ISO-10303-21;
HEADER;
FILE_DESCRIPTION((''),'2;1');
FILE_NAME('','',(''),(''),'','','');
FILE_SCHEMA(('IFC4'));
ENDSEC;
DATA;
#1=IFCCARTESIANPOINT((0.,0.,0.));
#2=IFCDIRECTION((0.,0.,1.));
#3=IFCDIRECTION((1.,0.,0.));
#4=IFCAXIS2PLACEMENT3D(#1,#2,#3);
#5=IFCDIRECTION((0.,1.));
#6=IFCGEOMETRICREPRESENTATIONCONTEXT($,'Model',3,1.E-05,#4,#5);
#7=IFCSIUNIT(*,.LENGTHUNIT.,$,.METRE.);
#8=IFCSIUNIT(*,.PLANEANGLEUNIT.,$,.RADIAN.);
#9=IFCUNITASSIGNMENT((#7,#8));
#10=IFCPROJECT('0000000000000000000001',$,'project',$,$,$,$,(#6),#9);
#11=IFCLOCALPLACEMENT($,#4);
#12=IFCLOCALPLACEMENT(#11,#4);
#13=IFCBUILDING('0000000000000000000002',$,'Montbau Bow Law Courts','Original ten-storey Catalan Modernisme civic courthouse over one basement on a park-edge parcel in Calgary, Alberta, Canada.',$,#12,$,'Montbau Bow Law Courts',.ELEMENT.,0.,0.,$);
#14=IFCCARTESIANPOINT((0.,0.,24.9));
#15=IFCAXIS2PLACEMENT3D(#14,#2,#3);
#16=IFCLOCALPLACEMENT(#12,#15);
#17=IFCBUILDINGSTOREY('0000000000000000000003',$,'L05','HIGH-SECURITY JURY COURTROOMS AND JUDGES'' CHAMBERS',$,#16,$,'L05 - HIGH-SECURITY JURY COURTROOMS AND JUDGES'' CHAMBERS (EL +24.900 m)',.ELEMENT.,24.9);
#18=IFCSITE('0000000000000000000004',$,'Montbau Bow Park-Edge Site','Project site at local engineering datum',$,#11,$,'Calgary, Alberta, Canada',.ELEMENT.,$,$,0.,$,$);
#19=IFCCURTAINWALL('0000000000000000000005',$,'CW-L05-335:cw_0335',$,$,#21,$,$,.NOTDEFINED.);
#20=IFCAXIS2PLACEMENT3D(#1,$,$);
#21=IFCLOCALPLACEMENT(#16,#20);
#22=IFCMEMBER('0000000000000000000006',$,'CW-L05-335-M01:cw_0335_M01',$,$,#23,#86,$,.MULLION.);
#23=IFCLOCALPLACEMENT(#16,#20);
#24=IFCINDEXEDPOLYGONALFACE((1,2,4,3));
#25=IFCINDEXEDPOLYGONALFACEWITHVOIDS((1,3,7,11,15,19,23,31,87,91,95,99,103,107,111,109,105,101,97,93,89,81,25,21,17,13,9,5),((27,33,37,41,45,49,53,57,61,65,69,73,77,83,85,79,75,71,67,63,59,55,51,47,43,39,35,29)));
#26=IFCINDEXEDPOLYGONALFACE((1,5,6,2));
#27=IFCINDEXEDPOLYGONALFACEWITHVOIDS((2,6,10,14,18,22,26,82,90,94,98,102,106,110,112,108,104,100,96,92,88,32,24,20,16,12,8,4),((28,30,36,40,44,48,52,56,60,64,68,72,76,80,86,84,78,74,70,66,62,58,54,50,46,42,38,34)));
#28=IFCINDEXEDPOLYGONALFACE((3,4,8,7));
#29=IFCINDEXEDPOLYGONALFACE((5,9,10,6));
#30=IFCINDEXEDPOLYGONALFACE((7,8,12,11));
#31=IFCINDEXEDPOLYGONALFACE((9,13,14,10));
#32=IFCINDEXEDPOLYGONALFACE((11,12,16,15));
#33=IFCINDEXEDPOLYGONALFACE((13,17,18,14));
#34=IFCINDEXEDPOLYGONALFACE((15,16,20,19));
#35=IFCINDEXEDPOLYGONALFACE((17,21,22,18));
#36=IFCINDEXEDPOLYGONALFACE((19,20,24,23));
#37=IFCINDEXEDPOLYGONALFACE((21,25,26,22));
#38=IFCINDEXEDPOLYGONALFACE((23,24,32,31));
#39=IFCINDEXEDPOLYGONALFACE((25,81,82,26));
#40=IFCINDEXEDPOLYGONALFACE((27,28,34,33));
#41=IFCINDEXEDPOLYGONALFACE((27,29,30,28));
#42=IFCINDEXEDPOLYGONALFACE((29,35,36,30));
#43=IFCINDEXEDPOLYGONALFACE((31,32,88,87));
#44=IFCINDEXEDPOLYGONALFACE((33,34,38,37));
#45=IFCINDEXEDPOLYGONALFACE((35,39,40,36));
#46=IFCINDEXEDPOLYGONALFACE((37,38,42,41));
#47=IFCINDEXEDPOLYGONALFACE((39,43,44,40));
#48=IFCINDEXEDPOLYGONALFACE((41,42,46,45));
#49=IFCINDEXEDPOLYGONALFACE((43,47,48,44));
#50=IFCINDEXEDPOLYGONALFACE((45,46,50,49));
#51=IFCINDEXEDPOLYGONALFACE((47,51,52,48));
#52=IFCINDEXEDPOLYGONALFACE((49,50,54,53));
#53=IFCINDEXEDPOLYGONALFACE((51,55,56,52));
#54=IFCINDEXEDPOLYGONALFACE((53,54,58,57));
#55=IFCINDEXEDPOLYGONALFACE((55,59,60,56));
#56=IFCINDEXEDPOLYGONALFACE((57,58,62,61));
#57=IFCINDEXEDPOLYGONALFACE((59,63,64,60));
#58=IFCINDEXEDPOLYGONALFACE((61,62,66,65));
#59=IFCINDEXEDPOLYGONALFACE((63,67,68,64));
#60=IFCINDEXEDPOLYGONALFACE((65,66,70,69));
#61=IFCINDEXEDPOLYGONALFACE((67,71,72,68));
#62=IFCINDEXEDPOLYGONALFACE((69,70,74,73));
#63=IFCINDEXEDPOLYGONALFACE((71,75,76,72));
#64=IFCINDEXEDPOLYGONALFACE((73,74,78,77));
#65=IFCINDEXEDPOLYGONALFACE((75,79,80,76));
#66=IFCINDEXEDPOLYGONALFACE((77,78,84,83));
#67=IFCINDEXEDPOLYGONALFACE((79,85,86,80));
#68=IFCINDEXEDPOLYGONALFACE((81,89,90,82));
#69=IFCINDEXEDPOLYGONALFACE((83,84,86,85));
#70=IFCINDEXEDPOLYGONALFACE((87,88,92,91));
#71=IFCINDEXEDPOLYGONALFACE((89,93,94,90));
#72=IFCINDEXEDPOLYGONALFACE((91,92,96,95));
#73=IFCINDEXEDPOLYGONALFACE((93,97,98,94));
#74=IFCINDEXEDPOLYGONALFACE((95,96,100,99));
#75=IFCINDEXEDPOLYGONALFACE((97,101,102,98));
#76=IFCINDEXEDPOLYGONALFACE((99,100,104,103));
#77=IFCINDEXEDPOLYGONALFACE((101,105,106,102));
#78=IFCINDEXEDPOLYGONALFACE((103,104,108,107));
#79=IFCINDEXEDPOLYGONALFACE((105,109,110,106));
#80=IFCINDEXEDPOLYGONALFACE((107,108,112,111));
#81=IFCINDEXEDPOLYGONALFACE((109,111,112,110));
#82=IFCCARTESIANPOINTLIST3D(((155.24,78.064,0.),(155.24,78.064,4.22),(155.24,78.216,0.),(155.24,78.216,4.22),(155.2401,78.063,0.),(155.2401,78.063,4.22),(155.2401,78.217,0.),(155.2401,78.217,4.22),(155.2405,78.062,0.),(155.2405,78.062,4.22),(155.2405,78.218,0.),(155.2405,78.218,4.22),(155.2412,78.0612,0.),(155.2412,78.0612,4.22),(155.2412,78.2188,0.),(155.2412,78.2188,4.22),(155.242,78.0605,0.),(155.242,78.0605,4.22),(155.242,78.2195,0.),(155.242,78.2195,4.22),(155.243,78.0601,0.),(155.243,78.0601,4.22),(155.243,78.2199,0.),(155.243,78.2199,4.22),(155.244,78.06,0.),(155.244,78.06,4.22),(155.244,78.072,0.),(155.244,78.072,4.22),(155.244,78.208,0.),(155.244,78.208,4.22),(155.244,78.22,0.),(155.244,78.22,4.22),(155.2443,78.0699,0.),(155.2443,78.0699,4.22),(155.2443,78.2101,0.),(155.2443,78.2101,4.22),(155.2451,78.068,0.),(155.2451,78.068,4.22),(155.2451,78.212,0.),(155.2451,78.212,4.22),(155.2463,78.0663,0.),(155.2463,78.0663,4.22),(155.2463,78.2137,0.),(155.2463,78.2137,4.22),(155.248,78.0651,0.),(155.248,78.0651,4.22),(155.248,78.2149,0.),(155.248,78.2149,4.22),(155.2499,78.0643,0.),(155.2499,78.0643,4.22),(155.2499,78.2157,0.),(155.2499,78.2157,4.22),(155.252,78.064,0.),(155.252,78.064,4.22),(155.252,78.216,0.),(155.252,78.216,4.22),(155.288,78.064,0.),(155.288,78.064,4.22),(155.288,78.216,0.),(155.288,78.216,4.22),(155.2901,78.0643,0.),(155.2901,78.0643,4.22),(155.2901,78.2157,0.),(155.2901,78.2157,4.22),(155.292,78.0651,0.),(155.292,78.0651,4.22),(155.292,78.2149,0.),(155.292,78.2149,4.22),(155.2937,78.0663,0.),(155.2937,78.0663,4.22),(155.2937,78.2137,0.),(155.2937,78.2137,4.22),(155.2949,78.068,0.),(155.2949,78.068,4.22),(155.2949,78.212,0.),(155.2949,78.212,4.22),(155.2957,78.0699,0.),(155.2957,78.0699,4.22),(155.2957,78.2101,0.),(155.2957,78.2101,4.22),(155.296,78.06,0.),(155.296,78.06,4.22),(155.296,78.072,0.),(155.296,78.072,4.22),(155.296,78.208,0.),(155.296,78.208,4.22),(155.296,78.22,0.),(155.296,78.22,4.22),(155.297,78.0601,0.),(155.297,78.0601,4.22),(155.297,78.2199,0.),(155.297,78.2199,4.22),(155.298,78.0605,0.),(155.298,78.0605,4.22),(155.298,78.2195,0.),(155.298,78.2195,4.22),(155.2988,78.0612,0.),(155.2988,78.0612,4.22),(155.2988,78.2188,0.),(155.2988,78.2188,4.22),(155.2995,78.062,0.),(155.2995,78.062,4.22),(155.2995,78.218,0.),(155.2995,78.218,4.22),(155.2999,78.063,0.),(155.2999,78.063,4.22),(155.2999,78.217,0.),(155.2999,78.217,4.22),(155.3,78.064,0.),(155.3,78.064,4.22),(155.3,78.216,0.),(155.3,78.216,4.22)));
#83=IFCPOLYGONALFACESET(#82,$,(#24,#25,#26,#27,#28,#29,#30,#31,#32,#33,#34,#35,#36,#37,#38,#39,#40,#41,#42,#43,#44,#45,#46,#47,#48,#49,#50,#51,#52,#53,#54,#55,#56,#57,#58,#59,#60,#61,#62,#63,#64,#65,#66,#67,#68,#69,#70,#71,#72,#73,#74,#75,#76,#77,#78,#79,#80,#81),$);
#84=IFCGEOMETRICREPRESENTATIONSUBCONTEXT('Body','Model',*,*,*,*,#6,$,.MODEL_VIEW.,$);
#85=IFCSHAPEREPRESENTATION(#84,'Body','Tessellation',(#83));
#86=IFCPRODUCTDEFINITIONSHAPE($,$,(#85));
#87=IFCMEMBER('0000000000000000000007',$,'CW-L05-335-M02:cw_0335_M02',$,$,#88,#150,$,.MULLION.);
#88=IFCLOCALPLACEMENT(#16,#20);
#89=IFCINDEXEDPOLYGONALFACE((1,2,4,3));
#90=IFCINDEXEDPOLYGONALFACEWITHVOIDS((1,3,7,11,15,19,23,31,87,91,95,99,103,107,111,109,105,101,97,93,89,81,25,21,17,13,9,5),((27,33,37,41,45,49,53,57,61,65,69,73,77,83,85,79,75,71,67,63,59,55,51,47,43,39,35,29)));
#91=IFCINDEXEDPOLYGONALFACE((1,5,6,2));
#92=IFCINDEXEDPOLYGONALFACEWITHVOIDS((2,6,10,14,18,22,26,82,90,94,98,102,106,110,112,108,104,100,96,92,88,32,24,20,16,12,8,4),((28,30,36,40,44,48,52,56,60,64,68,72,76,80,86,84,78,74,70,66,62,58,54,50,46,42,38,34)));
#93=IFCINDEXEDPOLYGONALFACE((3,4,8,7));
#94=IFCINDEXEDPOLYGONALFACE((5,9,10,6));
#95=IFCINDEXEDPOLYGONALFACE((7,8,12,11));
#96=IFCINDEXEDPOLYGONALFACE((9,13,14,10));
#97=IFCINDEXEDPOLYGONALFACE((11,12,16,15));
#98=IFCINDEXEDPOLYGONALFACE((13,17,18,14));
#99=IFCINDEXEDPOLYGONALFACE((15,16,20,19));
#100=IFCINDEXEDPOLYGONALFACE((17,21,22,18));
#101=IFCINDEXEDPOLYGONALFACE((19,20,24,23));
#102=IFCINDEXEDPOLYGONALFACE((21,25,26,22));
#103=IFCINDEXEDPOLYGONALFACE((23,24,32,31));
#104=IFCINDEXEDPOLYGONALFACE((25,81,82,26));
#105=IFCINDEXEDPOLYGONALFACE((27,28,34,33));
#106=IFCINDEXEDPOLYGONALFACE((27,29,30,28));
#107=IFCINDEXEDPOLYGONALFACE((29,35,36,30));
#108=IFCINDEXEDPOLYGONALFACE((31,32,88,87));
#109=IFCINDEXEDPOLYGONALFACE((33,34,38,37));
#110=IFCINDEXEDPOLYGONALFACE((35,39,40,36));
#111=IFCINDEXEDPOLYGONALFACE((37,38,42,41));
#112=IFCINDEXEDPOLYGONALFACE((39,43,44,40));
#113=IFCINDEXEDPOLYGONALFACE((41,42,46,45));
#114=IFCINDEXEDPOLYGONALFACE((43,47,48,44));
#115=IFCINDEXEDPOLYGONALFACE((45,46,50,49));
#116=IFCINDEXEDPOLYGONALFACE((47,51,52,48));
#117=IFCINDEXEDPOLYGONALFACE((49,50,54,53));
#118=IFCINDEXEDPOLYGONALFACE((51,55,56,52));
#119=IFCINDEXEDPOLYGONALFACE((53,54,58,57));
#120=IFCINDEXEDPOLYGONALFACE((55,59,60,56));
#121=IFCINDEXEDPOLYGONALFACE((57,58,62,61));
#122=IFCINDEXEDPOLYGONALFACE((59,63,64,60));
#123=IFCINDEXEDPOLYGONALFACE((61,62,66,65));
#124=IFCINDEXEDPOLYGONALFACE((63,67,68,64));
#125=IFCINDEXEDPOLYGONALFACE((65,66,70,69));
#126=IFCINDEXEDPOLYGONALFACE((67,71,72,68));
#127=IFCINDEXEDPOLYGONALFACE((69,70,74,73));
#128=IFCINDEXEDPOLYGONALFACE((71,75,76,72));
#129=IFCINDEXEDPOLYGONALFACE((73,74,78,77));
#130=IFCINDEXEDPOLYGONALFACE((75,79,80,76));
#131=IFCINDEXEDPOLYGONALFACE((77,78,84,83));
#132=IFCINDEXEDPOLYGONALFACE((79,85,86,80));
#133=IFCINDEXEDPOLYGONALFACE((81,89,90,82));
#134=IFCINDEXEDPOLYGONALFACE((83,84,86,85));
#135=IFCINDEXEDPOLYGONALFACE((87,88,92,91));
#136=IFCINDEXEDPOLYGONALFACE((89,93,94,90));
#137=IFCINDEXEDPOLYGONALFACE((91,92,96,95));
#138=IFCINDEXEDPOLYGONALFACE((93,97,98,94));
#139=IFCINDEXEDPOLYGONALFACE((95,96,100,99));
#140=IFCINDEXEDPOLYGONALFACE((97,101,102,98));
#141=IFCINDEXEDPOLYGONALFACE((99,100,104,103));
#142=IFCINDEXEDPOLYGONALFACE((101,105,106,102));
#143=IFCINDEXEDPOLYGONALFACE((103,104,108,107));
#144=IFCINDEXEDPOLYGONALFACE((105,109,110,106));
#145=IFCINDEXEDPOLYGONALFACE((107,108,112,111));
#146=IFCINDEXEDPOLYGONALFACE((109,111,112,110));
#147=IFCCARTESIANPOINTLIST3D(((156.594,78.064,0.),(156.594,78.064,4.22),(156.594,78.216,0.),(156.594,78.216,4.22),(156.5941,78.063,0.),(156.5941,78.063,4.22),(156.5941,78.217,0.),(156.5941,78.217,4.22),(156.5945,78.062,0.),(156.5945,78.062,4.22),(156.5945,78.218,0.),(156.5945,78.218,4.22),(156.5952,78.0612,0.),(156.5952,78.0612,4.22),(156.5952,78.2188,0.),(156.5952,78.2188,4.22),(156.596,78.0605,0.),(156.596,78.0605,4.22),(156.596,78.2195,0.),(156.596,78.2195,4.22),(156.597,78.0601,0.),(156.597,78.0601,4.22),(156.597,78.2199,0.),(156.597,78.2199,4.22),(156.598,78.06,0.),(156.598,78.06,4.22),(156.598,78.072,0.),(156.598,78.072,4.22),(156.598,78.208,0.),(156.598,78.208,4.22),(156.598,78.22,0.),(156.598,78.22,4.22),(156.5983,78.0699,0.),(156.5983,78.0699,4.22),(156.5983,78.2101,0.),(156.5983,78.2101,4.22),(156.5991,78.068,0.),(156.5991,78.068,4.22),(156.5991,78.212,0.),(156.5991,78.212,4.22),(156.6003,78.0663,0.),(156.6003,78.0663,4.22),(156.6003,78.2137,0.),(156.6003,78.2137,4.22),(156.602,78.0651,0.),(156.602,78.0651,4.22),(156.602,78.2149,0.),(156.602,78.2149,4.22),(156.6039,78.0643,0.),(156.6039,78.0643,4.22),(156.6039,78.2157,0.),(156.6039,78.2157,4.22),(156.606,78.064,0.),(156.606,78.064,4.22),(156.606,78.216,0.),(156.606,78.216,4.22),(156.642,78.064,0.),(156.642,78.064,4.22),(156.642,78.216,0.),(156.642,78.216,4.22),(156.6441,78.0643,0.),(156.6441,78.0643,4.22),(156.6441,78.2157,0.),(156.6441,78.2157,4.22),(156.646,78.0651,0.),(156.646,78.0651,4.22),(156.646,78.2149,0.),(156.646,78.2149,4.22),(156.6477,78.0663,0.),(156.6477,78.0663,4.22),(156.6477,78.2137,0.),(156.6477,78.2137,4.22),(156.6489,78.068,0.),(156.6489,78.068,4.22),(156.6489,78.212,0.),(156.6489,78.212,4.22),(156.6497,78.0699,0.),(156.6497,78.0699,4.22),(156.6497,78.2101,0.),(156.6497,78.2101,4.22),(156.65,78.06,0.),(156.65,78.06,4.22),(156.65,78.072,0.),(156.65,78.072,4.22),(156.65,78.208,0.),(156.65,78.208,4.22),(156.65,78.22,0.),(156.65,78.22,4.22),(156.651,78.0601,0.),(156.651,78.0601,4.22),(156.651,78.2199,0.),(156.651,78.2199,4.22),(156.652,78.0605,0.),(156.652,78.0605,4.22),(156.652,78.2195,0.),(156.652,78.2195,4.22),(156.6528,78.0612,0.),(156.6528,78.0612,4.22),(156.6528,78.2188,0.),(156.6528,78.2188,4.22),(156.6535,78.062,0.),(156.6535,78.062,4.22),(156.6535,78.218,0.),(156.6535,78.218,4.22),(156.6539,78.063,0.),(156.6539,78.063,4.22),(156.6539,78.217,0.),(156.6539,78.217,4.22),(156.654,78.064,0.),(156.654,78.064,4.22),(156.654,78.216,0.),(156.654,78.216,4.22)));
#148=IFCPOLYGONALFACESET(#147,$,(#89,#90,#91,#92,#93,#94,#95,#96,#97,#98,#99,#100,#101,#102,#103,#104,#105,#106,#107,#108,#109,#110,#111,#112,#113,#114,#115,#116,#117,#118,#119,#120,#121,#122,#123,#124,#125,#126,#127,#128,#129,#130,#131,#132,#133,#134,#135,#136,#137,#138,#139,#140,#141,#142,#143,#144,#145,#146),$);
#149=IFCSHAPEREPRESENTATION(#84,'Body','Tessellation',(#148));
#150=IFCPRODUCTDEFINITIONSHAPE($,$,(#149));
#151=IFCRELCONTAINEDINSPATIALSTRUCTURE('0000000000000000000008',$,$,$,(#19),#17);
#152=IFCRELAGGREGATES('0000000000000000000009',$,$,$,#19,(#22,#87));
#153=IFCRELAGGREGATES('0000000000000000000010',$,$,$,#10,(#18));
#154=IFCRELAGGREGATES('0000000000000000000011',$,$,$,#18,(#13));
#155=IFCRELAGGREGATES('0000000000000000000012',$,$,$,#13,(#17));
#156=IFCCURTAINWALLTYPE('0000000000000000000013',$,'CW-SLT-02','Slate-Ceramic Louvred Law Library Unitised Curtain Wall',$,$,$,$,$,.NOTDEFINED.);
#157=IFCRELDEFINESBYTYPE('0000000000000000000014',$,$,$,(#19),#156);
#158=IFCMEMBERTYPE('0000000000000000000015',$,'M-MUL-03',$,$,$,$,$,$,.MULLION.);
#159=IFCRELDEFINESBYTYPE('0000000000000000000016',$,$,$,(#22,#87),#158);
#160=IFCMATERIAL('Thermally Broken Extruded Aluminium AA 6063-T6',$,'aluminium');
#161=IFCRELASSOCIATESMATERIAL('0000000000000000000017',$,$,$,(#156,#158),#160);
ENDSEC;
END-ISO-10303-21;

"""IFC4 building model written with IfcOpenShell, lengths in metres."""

from ifc_helpers import new_model, si_unit, direction, frame, origin_with_axes, origin_2d_with_axis, place, context, subcontext, project, spatial, hollow_rectangle, extrude, material, material_profile, profile_set, type_object, element, aggregate, save


model = new_model("IFC4")

# Units and contexts
model_context = context("Model", 3, precision=1e-05, world=origin_with_axes(), true_north=direction((0.0, 1.0)))
body_context = subcontext(model_context, "Body", "Model", "MODEL_VIEW")
ifc_project = project(units=[si_unit("LENGTHUNIT", "METRE"), si_unit("PLANEANGLEUNIT", "RADIAN")], contexts=[model_context])

# Site, building, storey
site_placement = place(None, origin_with_axes())
site = spatial("IfcSite", under=ifc_project, at=site_placement, Name="Montbau Bow Park-Edge Site", Description="Project site at local engineering datum", LongName="Calgary, Alberta, Canada", CompositionType="ELEMENT", RefElevation=0.0)
building_placement = place(site_placement, origin_with_axes())
building = spatial("IfcBuilding", under=site, at=building_placement, Name="Montbau Bow Law Courts", Description="Original ten-storey Catalan Modernisme civic courthouse over one basement on a park-edge parcel in Calgary, Alberta, Canada.", LongName="Montbau Bow Law Courts", CompositionType="ELEMENT", ElevationOfRefHeight=0.0, ElevationOfTerrain=0.0)
storey_placement = place(building_placement, frame((0.0, 0.0, 24.9), z_axis=(0.0, 0.0, 1.0), x_axis=(1.0, 0.0, 0.0)))
storey = spatial("IfcBuildingStorey", under=building, at=storey_placement, Name="L05", Description="HIGH-SECURITY JURY COURTROOMS AND JUDGES' CHAMBERS", LongName="L05 - HIGH-SECURITY JURY COURTROOMS AND JUDGES' CHAMBERS (EL +24.900 m)", CompositionType="ELEMENT", Elevation=24.9)

# Curtain wall, members
ifc_material_1 = material(Name="Thermally Broken Extruded Aluminium AA 6063-T6", Category="aluminium")
curtain_wall_type = type_object("IfcCurtainWallType", Name="CW-SLT-02", Description="Slate-Ceramic Louvred Law Library Unitised Curtain Wall", PredefinedType="NOTDEFINED", material=ifc_material_1)
curtain_wall_placement = place(None, frame((155.24, 78.14, 24.9), z_axis=(0.0, 0.0, 1.0), x_axis=(1.0, 0.0, 0.0)))
curtain_wall = element("IfcCurtainWall", 1, at=curtain_wall_placement, inside=storey, type_object=curtain_wall_type, Name="CW-L05-335:cw_0335", PredefinedType="NOTDEFINED")
ifc_material_profile_1 = material_profile(ifc_material_1, hollow_rectangle(XDim=0.06, YDim=0.16, WallThickness=0.004, InnerFilletRadius=0.008, OuterFilletRadius=0.004, at=origin_2d_with_axis()), Name="CWM-160X60", Category="Main", Priority=0)
ifc_profile_set_1 = profile_set([ifc_material_profile_1], Name="Thermally Broken Extruded Aluminium AA 6063-T6")
member_type_1 = type_object("IfcMemberType", Name="M-MUL-03", PredefinedType="MULLION", material=ifc_profile_set_1)
member_1_placement = place(None, frame((155.27, 78.14, 24.9), z_axis=(0.0, 0.0, 1.0), x_axis=(1.0, 0.0, 0.0)))
member_1 = element("IfcMember", 2, at=member_1_placement, type_object=member_type_1, Name="CW-L05-335-M01:cw_0335_M01", PredefinedType="MULLION", context=body_context, shape_type="SweptSolid", body=[
    extrude(hollow_rectangle(XDim=0.06, YDim=0.16, WallThickness=0.004, InnerFilletRadius=0.008, OuterFilletRadius=0.004, at=origin_2d_with_axis()), origin_with_axes(), (0.0, 0.0, 1.0), 4.22),
])
member_2_placement = place(None, frame((156.624, 78.14, 24.9), z_axis=(0.0, 0.0, 1.0), x_axis=(1.0, 0.0, 0.0)))
member_2 = element("IfcMember", 3, at=member_2_placement, type_object=member_type_1, Name="CW-L05-335-M02:cw_0335_M02", PredefinedType="MULLION", context=body_context, shape_type="SweptSolid", body=[
    extrude(hollow_rectangle(XDim=0.06, YDim=0.16, WallThickness=0.004, InnerFilletRadius=0.008, OuterFilletRadius=0.004, at=origin_2d_with_axis()), origin_with_axes(), (0.0, 0.0, 1.0), 4.22),
])
aggregate(curtain_wall, [member_1, member_2])

save(model, "model.ifc")
